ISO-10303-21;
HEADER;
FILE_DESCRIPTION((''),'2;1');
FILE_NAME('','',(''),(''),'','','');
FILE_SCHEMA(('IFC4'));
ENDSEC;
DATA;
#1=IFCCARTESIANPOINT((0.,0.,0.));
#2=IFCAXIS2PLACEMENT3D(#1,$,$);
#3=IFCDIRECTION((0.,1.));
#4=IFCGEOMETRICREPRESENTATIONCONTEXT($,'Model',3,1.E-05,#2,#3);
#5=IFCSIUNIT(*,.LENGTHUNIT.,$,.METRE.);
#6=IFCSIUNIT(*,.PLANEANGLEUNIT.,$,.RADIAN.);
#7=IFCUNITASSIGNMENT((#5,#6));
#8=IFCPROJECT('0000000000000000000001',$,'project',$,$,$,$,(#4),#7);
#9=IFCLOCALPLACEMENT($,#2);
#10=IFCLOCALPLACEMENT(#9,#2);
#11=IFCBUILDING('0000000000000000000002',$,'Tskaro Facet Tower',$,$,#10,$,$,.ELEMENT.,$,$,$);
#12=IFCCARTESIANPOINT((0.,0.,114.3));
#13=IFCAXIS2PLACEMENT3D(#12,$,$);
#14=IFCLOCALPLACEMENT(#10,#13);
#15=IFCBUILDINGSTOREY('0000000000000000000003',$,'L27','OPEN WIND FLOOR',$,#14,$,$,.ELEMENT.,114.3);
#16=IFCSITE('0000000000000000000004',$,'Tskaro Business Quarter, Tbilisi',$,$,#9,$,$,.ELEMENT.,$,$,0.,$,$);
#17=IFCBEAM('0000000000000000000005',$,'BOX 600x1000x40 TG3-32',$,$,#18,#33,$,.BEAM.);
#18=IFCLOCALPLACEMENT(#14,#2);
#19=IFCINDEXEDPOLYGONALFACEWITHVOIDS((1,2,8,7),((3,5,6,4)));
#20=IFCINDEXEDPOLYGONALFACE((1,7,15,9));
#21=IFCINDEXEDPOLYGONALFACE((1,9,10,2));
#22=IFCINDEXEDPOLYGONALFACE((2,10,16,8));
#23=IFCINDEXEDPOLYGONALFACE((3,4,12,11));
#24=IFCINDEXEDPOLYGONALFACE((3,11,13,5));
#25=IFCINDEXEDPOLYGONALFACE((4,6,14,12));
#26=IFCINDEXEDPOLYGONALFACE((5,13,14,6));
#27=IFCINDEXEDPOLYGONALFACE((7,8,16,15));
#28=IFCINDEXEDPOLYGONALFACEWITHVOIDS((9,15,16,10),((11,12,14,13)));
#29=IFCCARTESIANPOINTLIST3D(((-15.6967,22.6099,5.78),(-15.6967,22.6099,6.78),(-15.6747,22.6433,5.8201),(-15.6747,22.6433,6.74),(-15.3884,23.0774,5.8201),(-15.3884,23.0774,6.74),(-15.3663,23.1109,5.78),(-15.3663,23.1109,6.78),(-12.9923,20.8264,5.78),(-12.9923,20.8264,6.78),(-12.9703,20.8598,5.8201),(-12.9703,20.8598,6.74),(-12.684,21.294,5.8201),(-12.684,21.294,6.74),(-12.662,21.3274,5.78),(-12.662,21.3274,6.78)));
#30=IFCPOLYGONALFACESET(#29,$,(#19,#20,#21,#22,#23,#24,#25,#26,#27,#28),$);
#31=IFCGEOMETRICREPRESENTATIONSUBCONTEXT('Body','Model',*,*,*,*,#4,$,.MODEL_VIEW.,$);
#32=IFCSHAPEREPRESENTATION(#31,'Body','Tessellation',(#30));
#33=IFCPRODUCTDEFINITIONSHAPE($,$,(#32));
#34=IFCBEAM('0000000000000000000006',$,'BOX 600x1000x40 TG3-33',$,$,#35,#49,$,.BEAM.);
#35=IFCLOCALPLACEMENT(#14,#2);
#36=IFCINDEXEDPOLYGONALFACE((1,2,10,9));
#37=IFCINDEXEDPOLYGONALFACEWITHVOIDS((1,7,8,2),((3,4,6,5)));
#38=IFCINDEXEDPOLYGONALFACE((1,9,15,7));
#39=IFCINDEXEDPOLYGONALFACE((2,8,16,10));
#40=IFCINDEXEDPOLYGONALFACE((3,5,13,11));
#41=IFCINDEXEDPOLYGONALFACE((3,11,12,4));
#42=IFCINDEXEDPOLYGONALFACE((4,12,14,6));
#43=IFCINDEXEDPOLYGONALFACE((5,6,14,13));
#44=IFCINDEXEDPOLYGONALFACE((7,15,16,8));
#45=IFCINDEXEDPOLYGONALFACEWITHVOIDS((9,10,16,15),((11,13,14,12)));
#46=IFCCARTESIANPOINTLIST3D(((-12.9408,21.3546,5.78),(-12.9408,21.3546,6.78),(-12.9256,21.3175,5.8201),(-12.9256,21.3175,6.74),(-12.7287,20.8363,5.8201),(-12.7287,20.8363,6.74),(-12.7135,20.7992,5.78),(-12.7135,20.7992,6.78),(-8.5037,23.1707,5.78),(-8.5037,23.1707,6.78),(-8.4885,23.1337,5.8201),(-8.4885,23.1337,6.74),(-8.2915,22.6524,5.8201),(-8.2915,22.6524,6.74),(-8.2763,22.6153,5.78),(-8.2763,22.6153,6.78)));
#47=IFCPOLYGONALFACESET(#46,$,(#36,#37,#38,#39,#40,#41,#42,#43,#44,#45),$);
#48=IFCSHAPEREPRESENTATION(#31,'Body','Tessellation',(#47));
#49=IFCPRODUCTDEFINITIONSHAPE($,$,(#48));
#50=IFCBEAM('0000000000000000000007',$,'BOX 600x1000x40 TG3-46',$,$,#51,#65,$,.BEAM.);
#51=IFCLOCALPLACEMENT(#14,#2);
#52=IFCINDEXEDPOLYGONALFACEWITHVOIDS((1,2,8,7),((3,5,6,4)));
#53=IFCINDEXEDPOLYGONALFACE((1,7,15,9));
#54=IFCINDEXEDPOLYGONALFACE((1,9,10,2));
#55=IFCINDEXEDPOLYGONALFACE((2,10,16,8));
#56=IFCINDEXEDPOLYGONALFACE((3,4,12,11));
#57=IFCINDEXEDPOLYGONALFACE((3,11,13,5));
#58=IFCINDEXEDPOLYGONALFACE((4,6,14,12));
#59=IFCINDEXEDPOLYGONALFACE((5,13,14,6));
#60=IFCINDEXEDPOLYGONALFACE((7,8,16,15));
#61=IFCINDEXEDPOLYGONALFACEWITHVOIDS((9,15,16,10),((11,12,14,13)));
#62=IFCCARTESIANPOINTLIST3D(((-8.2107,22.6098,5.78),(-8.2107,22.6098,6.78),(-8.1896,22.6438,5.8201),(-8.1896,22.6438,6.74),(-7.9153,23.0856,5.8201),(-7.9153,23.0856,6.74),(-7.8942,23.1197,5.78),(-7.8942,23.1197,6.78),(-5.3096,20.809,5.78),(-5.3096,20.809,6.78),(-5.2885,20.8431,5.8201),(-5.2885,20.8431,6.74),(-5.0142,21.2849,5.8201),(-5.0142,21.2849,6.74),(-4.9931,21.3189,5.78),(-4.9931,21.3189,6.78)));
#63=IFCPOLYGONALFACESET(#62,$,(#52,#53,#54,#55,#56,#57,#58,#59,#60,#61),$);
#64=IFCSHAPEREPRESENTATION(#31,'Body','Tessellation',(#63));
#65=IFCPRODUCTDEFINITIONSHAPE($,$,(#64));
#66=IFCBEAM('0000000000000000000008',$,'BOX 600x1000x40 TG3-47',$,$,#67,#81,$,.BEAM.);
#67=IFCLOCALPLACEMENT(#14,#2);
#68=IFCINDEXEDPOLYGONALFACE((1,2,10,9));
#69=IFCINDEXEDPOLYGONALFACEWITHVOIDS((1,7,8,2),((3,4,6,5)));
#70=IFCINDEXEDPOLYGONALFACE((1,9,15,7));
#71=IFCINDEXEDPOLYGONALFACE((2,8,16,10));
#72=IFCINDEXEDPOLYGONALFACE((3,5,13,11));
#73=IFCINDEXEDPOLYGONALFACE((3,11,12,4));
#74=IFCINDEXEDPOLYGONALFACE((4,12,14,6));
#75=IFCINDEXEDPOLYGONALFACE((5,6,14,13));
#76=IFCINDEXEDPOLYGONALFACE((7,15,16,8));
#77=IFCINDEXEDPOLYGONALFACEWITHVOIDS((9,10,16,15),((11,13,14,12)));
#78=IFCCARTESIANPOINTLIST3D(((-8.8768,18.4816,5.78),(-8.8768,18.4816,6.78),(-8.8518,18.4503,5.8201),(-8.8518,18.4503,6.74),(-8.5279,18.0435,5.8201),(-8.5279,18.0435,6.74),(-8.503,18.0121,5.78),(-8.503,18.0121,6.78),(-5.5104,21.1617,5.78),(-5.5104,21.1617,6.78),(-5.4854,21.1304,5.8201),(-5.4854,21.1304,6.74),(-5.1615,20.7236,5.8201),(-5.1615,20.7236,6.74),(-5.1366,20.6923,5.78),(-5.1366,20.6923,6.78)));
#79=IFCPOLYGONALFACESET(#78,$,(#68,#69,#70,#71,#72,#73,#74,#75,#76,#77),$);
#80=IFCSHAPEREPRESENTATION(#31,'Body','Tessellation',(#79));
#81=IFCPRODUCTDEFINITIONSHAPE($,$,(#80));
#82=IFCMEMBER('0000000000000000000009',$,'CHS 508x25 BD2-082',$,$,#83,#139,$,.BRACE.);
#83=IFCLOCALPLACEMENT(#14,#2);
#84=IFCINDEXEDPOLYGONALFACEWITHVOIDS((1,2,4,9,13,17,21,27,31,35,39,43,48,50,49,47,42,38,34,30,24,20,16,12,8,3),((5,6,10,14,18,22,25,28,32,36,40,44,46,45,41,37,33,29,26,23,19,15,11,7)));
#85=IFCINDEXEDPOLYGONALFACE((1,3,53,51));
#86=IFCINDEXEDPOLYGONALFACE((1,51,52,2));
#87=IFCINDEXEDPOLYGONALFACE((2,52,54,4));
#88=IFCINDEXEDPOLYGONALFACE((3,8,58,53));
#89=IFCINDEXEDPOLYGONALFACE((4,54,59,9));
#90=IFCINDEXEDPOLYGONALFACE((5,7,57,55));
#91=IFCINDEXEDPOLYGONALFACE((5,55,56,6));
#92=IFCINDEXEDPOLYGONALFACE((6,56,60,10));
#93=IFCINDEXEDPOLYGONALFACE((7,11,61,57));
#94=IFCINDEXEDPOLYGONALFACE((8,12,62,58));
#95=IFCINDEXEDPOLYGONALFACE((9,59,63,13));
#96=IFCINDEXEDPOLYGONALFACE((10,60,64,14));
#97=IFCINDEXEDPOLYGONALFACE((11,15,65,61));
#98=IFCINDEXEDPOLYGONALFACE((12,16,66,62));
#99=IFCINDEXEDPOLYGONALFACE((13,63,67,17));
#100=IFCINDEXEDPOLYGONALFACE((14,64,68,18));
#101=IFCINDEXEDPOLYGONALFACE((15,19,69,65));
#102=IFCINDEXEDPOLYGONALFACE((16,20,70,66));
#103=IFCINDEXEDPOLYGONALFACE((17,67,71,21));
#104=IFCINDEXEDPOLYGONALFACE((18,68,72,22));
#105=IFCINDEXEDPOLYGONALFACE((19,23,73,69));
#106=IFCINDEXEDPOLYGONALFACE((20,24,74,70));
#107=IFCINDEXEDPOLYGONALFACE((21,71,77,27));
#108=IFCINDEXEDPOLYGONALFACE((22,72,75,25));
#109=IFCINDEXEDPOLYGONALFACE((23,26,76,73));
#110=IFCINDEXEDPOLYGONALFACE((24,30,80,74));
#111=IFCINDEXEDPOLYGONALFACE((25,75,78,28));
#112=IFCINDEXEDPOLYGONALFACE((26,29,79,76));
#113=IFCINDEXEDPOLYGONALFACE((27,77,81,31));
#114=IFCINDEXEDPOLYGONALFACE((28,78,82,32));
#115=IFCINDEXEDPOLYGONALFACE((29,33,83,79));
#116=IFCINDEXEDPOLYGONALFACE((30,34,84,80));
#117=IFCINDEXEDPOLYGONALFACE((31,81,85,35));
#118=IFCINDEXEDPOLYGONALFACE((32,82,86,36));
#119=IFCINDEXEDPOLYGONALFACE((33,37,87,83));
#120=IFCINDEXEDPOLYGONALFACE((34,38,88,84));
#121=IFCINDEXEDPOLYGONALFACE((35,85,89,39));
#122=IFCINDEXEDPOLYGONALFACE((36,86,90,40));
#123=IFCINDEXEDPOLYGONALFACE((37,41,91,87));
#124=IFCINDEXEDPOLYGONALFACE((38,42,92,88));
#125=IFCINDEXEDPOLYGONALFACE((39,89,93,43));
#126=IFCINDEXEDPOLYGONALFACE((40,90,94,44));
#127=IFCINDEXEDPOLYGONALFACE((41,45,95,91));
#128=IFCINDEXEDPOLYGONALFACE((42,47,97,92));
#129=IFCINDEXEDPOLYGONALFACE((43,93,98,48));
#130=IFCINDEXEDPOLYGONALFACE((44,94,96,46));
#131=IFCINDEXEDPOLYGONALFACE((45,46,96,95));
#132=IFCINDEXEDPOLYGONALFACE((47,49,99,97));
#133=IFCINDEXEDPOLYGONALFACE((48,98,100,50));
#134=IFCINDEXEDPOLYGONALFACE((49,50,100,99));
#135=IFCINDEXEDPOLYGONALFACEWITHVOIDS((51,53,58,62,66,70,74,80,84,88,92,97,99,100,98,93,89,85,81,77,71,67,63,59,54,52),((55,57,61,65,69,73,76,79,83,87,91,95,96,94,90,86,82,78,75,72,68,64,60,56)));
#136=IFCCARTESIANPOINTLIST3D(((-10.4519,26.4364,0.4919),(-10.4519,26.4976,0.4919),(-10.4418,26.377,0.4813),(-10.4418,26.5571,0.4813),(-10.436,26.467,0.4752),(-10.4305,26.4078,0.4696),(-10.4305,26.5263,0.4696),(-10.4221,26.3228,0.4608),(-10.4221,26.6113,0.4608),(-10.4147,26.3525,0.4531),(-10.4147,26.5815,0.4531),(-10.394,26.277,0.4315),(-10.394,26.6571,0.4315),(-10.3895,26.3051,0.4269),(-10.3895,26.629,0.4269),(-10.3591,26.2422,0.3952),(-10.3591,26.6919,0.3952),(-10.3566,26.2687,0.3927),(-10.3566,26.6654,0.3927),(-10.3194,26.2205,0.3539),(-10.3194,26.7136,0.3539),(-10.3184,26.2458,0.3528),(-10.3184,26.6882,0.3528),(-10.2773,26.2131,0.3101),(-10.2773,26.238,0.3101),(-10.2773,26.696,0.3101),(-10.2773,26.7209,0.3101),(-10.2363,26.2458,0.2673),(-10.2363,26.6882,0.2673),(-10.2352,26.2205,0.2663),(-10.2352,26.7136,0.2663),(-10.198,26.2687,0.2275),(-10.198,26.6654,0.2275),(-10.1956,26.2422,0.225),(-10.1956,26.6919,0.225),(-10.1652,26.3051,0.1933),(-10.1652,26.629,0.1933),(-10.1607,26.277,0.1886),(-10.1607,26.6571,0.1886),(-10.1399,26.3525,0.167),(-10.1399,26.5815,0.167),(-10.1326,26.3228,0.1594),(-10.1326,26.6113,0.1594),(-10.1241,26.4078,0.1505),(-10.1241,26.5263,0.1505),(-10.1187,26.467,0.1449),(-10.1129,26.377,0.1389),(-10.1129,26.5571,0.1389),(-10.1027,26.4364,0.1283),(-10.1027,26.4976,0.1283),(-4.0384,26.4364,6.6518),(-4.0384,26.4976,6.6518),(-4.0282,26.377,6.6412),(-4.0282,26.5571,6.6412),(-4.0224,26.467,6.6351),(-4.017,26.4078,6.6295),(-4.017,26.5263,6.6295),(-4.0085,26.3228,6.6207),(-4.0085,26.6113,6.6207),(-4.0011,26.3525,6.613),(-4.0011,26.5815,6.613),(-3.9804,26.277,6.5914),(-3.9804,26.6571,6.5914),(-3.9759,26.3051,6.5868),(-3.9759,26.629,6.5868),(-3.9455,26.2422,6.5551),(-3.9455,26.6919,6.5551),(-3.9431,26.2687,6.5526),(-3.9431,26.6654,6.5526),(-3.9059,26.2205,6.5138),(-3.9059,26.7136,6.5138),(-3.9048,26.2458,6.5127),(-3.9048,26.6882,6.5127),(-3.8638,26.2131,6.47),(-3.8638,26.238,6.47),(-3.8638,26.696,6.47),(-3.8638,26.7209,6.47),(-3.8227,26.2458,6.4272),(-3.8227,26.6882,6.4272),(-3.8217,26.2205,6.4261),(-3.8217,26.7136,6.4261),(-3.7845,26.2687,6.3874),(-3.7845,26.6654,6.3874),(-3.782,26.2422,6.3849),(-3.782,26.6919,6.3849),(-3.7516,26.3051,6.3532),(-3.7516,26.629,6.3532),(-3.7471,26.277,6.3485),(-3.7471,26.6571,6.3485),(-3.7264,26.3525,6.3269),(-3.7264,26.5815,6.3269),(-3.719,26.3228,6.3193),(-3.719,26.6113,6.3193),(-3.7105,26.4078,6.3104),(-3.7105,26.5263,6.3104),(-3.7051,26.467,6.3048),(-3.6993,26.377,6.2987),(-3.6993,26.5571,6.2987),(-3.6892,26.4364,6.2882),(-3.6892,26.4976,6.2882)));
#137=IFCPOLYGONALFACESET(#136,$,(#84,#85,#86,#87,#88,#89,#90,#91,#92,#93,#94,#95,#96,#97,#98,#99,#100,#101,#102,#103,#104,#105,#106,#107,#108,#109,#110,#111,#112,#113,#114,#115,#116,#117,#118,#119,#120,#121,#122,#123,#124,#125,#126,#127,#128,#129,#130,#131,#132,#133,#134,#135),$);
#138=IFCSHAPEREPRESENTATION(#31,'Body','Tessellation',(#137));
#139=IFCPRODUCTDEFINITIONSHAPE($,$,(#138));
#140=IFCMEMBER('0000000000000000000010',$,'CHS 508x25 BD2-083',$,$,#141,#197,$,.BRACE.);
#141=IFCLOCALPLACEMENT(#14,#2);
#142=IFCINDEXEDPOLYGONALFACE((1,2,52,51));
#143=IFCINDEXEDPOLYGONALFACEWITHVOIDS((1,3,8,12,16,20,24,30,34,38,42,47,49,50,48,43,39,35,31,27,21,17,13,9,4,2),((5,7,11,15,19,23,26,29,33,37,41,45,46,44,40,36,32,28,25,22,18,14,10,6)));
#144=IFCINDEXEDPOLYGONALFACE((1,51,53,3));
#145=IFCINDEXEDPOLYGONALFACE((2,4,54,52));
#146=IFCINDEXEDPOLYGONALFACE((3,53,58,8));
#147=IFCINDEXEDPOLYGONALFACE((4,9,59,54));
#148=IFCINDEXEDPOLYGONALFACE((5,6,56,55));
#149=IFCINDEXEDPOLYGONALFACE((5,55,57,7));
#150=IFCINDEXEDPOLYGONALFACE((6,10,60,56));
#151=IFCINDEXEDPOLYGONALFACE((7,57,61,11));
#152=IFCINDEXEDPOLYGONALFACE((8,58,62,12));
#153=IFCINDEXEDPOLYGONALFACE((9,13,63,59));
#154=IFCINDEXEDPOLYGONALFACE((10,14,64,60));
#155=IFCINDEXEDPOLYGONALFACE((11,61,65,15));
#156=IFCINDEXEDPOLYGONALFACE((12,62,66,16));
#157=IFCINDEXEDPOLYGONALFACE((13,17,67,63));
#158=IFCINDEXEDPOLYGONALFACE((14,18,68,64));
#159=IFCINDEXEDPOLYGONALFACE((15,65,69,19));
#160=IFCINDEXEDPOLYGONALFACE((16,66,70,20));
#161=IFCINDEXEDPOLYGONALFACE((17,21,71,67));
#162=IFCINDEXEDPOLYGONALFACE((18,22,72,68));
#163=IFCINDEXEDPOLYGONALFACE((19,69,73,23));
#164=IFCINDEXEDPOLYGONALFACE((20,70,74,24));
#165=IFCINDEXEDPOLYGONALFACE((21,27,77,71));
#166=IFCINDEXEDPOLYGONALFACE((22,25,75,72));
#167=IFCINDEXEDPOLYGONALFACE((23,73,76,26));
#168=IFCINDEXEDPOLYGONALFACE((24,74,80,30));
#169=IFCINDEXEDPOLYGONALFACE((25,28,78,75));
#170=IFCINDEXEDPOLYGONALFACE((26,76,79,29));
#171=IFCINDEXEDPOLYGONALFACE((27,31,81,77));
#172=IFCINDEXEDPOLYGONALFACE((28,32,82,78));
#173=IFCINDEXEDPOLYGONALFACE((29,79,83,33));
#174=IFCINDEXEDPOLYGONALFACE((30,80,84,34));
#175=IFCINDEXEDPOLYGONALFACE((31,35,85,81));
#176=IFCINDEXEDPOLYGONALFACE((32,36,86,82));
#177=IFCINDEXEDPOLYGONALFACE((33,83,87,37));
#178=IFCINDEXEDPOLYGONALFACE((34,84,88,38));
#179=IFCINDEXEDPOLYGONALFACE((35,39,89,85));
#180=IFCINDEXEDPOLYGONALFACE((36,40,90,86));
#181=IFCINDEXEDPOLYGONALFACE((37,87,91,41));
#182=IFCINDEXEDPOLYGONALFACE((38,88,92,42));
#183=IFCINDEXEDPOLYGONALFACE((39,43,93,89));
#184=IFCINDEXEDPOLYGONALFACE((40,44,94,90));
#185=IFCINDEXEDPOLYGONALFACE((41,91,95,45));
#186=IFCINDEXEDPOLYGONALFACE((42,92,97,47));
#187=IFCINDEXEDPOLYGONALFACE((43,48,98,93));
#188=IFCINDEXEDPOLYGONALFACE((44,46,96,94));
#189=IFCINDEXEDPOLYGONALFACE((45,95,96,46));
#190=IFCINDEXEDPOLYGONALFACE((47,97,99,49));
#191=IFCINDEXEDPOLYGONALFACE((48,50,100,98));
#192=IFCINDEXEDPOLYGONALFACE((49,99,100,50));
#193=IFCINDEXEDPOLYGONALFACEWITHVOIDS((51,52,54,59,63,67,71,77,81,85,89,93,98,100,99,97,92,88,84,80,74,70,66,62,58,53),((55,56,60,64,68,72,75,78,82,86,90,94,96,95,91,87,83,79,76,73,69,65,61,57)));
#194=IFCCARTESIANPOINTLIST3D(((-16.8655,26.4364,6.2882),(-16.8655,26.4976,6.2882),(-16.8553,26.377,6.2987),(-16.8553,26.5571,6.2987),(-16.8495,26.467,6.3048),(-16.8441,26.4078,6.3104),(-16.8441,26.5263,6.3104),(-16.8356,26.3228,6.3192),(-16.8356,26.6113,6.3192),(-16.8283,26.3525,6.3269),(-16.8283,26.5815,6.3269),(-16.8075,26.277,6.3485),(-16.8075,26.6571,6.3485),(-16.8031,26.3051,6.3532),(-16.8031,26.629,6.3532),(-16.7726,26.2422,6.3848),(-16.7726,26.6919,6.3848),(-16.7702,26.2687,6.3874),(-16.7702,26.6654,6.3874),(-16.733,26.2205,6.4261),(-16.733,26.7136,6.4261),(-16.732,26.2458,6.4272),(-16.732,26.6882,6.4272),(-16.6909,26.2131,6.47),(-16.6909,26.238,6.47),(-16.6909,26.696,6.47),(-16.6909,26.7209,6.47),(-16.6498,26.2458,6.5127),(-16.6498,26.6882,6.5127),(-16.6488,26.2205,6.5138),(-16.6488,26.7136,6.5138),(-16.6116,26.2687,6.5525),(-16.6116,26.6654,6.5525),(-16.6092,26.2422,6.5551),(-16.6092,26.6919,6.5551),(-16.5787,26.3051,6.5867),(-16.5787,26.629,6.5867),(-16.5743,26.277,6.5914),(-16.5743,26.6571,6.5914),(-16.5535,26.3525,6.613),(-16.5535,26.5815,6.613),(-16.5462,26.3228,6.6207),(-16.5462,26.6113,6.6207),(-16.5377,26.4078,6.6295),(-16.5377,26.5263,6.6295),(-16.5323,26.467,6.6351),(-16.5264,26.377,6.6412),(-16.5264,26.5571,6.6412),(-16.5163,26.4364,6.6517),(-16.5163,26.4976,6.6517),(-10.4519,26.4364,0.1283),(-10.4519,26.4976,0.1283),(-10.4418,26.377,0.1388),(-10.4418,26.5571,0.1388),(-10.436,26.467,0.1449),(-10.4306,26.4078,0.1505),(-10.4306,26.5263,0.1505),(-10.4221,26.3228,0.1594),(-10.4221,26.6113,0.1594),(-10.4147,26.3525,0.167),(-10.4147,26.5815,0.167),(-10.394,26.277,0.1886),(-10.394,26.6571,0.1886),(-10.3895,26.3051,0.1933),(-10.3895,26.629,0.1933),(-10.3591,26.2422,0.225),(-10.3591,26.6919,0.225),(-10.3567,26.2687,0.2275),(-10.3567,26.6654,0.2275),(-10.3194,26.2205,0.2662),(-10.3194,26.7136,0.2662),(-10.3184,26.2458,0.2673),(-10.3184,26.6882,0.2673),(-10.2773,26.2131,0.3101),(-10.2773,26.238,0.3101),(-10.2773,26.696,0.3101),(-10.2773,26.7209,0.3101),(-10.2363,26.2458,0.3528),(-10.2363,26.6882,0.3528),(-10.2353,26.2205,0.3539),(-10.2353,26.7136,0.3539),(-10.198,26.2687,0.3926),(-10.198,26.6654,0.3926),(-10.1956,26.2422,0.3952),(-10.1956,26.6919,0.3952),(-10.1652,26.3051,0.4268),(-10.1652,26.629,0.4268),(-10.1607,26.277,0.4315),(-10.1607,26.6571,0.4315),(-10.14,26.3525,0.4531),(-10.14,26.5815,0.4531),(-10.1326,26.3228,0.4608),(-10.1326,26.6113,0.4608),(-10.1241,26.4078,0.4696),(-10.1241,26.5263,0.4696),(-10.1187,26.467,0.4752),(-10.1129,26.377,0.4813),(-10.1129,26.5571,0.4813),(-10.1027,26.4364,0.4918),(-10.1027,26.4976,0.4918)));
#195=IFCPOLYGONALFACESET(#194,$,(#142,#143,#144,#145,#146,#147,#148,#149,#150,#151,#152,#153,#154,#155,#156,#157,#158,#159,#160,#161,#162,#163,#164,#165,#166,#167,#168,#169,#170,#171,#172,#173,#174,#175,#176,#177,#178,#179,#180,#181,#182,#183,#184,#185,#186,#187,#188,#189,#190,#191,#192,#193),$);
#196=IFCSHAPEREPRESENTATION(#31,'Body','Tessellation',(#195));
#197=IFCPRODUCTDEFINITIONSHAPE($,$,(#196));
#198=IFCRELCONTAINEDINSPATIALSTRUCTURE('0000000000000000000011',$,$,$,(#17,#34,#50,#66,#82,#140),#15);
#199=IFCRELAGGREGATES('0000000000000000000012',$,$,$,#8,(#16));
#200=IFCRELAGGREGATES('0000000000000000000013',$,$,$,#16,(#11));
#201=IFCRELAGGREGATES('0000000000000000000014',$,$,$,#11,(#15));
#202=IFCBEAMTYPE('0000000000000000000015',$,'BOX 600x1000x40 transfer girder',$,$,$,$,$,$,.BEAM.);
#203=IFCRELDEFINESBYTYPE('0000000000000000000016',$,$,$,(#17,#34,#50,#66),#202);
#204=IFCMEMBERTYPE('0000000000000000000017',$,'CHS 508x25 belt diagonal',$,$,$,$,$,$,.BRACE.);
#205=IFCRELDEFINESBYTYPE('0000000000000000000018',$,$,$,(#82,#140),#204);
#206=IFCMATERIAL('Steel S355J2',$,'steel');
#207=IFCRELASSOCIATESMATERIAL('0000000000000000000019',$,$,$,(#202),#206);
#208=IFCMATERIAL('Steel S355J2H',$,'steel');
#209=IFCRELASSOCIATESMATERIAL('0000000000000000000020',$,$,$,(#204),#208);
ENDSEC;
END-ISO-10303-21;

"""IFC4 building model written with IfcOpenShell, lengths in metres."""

from ifc_helpers import new_model, si_unit, direction, frame, origin, origin_2d, place, context, subcontext, project, spatial, hollow_rectangle, hollow_circle, extrude, material, material_profile, profile_set, type_object, element, save


model = new_model("IFC4")

# Units and contexts
model_context = context("Model", 3, precision=1e-05, world=origin(), true_north=direction((0.0, 1.0)))
body_context = subcontext(model_context, "Body", "Model", "MODEL_VIEW")
ifc_project = project(units=[si_unit("LENGTHUNIT", "METRE"), si_unit("PLANEANGLEUNIT", "RADIAN")], contexts=[model_context])

# Site, building, storey
site_placement = place(None, origin())
site = spatial("IfcSite", under=ifc_project, at=site_placement, Name="Tskaro Business Quarter, Tbilisi", CompositionType="ELEMENT", RefElevation=0.0)
building_placement = place(site_placement, origin())
building = spatial("IfcBuilding", under=site, at=building_placement, Name="Tskaro Facet Tower", CompositionType="ELEMENT")
storey_placement = place(building_placement, frame((0.0, 0.0, 114.3)))
storey = spatial("IfcBuildingStorey", under=building, at=storey_placement, Name="L27", Description="OPEN WIND FLOOR", CompositionType="ELEMENT", Elevation=114.3)

# Shared definitions
ifc_material_1 = material(Name="Steel S355J2H", Category="steel")

# Beams
ifc_material_2 = material(Name="Steel S355J2", Category="steel")
ifc_material_profile_1 = material_profile(ifc_material_2, hollow_rectangle(XDim=0.6001, YDim=1.0, WallThickness=0.04, at=origin_2d()), Name="BOX 600x1000x40")
ifc_profile_set_1 = profile_set([ifc_material_profile_1], Name="Steel S355J2")
beam_type_1 = type_object("IfcBeamType", Name="BOX 600x1000x40 transfer girder", PredefinedType="BEAM", material=ifc_profile_set_1)
beam_1_placement = place(storey_placement, frame((-12.8271, 21.0769, 6.28), z_axis=(-0.834811, 0.550537, 0.0), x_axis=(-0.550537, -0.834811, 0.0)))
element("IfcBeam", 1, at=beam_1_placement, inside=storey, type_object=beam_type_1, Name="BOX 600x1000x40 TG3-32", PredefinedType="BEAM", context=body_context, shape_type="SweptSolid", body=[
    extrude(hollow_rectangle(XDim=0.6001, YDim=1.0, WallThickness=0.04, at=origin_2d()), origin(), (0.0, 0.0, 1.0), 3.2395),
])
beam_2_placement = place(storey_placement, frame((-12.8271, 21.0769, 6.28), z_axis=(0.92548, 0.378797, 0.0), x_axis=(-0.378797, 0.92548, 0.0)))
element("IfcBeam", 2, at=beam_2_placement, inside=storey, type_object=beam_type_1, Name="BOX 600x1000x40 TG3-33", PredefinedType="BEAM", context=body_context, shape_type="SweptSolid", body=[
    extrude(hollow_rectangle(XDim=0.6001, YDim=1.0, WallThickness=0.04, at=origin_2d()), origin(), (0.0, 0.0, 1.0), 4.7944),
])
beam_3_placement = place(storey_placement, frame((-5.1514, 21.064, 6.28), z_axis=(-0.849629, 0.527381, 0.0), x_axis=(-0.527381, -0.849629, 0.0)))
element("IfcBeam", 3, at=beam_3_placement, inside=storey, type_object=beam_type_1, Name="BOX 600x1000x40 TG3-46", PredefinedType="BEAM", context=body_context, shape_type="SweptSolid", body=[
    extrude(hollow_rectangle(XDim=0.6001, YDim=1.0, WallThickness=0.04, at=origin_2d()), origin(), (0.0, 0.0, 1.0), 3.4146),
])
beam_4_placement = place(storey_placement, frame((-5.3235, 20.927, 6.28), z_axis=(-0.782339, -0.622853, 0.0), x_axis=(0.622853, -0.782339, 0.0)))
element("IfcBeam", 4, at=beam_4_placement, inside=storey, type_object=beam_type_1, Name="BOX 600x1000x40 TG3-47", PredefinedType="BEAM", context=body_context, shape_type="SweptSolid", body=[
    extrude(hollow_rectangle(XDim=0.6001, YDim=1.0, WallThickness=0.04, at=origin_2d()), origin(), (0.0, 0.0, 1.0), 4.303),
])

# Members
ifc_material_profile_2 = material_profile(ifc_material_1, hollow_circle(Radius=0.2539, WallThickness=0.0249, at=origin_2d()), Name="CHS 508x25")
ifc_profile_set_2 = profile_set([ifc_material_profile_2], Name="Steel S355J2H")
member_type_1 = type_object("IfcMemberType", Name="CHS 508x25 belt diagonal", PredefinedType="BRACE", material=ifc_profile_set_2)
for number, where, z_axis, x_axis, name in (
    (5, (-3.8638, 26.467, 6.47), (-0.721225, 0.0, -0.6927), (0.0, -1.0, 0.0), "CHS 508x25 BD2-082"),
    (6, (-10.2773, 26.467, 0.3101), (-0.721225, 0.0, 0.6927), (0.0, -1.0, 0.0), "CHS 508x25 BD2-083"),
):
    element("IfcMember", number, at=place(storey_placement, frame(where, z_axis=z_axis, x_axis=x_axis)), inside=storey, type_object=member_type_1, Name=name, PredefinedType="BRACE", context=body_context, shape_type="SweptSolid", body=[
        extrude(hollow_circle(Radius=0.2539, WallThickness=0.0249, at=origin_2d()), origin(), (0.0, 0.0, 1.0), 8.8926),
    ])

save(model, "model.ifc")
